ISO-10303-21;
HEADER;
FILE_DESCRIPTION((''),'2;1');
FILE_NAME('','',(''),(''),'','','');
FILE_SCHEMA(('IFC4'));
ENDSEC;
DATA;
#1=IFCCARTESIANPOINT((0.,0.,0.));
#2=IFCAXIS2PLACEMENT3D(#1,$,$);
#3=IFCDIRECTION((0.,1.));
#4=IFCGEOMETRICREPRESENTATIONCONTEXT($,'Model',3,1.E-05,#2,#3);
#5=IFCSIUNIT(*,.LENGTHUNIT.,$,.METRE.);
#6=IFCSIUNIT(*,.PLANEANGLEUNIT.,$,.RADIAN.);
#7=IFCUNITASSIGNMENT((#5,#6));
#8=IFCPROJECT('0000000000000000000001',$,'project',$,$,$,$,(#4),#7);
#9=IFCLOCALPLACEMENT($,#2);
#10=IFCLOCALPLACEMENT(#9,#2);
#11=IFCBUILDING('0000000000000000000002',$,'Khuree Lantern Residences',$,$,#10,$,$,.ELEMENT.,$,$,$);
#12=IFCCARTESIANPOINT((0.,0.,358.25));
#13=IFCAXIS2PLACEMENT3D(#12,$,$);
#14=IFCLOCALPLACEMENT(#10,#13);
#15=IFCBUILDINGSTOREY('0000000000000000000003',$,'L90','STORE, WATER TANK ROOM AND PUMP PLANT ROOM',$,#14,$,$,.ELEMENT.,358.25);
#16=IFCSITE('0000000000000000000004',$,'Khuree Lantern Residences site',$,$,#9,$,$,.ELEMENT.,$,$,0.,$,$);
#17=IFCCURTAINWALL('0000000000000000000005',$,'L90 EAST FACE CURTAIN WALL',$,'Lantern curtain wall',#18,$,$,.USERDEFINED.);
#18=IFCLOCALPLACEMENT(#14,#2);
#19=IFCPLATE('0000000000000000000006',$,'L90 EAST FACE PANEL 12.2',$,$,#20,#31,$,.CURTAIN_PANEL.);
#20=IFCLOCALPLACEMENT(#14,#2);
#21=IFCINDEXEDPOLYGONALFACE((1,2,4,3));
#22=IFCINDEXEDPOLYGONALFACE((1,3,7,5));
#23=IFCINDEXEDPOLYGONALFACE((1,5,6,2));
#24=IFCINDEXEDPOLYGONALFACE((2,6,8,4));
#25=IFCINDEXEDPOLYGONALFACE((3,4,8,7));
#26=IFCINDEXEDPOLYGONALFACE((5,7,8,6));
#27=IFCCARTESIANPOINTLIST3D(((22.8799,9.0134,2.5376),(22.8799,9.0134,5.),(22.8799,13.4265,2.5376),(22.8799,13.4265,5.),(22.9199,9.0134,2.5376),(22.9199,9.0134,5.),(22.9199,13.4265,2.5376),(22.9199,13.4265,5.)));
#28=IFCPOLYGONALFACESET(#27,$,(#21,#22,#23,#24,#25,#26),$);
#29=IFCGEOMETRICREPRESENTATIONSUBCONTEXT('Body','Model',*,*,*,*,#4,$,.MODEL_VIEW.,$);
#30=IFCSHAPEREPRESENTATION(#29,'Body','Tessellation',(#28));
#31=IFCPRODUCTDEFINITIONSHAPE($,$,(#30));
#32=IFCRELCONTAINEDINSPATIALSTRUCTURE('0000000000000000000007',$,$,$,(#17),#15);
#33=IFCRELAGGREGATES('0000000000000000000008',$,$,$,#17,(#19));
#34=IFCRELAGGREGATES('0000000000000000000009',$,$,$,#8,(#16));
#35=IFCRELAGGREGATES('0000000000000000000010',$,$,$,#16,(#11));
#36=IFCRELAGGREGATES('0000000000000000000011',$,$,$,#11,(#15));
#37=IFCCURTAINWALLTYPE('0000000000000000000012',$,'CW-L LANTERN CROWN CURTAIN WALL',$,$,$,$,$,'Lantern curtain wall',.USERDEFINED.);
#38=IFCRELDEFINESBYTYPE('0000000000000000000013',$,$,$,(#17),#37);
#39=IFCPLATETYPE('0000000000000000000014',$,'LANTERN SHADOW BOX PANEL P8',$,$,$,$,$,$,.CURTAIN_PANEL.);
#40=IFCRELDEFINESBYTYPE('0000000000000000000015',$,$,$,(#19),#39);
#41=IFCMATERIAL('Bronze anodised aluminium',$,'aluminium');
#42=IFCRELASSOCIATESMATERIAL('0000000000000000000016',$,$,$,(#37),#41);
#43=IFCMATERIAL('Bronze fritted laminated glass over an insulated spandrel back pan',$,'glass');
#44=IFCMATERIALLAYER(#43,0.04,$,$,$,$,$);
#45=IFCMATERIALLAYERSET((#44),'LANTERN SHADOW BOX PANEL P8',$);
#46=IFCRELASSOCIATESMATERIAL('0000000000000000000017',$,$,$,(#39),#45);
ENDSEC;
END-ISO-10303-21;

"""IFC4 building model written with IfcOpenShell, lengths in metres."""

from ifc_helpers import new_model, si_unit, direction, frame, origin, origin_2d, place, context, subcontext, project, spatial, rectangle, extrude, material, layer, layer_set, type_object, element, aggregate, save


model = new_model("IFC4")

# Units and contexts
model_context = context("Model", 3, precision=1e-05, world=origin(), true_north=direction((0.0, 1.0)))
body_context = subcontext(model_context, "Body", "Model", "MODEL_VIEW")
ifc_project = project(units=[si_unit("LENGTHUNIT", "METRE"), si_unit("PLANEANGLEUNIT", "RADIAN")], contexts=[model_context])

# Site, building, storey
site_placement = place(None, origin())
site = spatial("IfcSite", under=ifc_project, at=site_placement, Name="Khuree Lantern Residences site", CompositionType="ELEMENT", RefElevation=0.0)
building_placement = place(site_placement, origin())
building = spatial("IfcBuilding", under=site, at=building_placement, Name="Khuree Lantern Residences", CompositionType="ELEMENT")
storey_placement = place(building_placement, frame((0.0, 0.0, 358.25)))
storey = spatial("IfcBuildingStorey", under=building, at=storey_placement, Name="L90", Description="STORE, WATER TANK ROOM AND PUMP PLANT ROOM", CompositionType="ELEMENT", Elevation=358.25)

# Curtain wall
ifc_material_1 = material(Name="Bronze anodised aluminium", Category="aluminium")
curtain_wall_type = type_object("IfcCurtainWallType", Name="CW-L LANTERN CROWN CURTAIN WALL", ElementType="Lantern curtain wall", PredefinedType="USERDEFINED", material=ifc_material_1)
curtain_wall_placement = place(storey_placement, origin())
curtain_wall = element("IfcCurtainWall", 1, at=curtain_wall_placement, inside=storey, type_object=curtain_wall_type, Name="L90 EAST FACE CURTAIN WALL", ObjectType="Lantern curtain wall", PredefinedType="USERDEFINED")

# Plate
ifc_material_2 = material(Name="Bronze fritted laminated glass over an insulated spandrel back pan", Category="glass")
ifc_layer = layer(ifc_material_2, 0.04)
ifc_layer_set = layer_set([ifc_layer], Name="LANTERN SHADOW BOX PANEL P8")
plate_type = type_object("IfcPlateType", Name="LANTERN SHADOW BOX PANEL P8", PredefinedType="CURTAIN_PANEL", material=ifc_layer_set)
plate_1_placement = place(storey_placement, frame((22.8999, 11.22, 2.5376), z_axis=(0.0, 0.0, 1.0), x_axis=(0.0, 1.0, 0.0)))
plate_1 = element("IfcPlate", 2, at=plate_1_placement, type_object=plate_type, Name="L90 EAST FACE PANEL 12.2", PredefinedType="CURTAIN_PANEL", context=body_context, shape_type="SweptSolid", body=[
    extrude(rectangle(XDim=4.4131, YDim=0.04, at=origin_2d()), origin(), (0.0, 0.0, 1.0), 2.4624),
])
aggregate(curtain_wall, [plate_1])

save(model, "model.ifc")
